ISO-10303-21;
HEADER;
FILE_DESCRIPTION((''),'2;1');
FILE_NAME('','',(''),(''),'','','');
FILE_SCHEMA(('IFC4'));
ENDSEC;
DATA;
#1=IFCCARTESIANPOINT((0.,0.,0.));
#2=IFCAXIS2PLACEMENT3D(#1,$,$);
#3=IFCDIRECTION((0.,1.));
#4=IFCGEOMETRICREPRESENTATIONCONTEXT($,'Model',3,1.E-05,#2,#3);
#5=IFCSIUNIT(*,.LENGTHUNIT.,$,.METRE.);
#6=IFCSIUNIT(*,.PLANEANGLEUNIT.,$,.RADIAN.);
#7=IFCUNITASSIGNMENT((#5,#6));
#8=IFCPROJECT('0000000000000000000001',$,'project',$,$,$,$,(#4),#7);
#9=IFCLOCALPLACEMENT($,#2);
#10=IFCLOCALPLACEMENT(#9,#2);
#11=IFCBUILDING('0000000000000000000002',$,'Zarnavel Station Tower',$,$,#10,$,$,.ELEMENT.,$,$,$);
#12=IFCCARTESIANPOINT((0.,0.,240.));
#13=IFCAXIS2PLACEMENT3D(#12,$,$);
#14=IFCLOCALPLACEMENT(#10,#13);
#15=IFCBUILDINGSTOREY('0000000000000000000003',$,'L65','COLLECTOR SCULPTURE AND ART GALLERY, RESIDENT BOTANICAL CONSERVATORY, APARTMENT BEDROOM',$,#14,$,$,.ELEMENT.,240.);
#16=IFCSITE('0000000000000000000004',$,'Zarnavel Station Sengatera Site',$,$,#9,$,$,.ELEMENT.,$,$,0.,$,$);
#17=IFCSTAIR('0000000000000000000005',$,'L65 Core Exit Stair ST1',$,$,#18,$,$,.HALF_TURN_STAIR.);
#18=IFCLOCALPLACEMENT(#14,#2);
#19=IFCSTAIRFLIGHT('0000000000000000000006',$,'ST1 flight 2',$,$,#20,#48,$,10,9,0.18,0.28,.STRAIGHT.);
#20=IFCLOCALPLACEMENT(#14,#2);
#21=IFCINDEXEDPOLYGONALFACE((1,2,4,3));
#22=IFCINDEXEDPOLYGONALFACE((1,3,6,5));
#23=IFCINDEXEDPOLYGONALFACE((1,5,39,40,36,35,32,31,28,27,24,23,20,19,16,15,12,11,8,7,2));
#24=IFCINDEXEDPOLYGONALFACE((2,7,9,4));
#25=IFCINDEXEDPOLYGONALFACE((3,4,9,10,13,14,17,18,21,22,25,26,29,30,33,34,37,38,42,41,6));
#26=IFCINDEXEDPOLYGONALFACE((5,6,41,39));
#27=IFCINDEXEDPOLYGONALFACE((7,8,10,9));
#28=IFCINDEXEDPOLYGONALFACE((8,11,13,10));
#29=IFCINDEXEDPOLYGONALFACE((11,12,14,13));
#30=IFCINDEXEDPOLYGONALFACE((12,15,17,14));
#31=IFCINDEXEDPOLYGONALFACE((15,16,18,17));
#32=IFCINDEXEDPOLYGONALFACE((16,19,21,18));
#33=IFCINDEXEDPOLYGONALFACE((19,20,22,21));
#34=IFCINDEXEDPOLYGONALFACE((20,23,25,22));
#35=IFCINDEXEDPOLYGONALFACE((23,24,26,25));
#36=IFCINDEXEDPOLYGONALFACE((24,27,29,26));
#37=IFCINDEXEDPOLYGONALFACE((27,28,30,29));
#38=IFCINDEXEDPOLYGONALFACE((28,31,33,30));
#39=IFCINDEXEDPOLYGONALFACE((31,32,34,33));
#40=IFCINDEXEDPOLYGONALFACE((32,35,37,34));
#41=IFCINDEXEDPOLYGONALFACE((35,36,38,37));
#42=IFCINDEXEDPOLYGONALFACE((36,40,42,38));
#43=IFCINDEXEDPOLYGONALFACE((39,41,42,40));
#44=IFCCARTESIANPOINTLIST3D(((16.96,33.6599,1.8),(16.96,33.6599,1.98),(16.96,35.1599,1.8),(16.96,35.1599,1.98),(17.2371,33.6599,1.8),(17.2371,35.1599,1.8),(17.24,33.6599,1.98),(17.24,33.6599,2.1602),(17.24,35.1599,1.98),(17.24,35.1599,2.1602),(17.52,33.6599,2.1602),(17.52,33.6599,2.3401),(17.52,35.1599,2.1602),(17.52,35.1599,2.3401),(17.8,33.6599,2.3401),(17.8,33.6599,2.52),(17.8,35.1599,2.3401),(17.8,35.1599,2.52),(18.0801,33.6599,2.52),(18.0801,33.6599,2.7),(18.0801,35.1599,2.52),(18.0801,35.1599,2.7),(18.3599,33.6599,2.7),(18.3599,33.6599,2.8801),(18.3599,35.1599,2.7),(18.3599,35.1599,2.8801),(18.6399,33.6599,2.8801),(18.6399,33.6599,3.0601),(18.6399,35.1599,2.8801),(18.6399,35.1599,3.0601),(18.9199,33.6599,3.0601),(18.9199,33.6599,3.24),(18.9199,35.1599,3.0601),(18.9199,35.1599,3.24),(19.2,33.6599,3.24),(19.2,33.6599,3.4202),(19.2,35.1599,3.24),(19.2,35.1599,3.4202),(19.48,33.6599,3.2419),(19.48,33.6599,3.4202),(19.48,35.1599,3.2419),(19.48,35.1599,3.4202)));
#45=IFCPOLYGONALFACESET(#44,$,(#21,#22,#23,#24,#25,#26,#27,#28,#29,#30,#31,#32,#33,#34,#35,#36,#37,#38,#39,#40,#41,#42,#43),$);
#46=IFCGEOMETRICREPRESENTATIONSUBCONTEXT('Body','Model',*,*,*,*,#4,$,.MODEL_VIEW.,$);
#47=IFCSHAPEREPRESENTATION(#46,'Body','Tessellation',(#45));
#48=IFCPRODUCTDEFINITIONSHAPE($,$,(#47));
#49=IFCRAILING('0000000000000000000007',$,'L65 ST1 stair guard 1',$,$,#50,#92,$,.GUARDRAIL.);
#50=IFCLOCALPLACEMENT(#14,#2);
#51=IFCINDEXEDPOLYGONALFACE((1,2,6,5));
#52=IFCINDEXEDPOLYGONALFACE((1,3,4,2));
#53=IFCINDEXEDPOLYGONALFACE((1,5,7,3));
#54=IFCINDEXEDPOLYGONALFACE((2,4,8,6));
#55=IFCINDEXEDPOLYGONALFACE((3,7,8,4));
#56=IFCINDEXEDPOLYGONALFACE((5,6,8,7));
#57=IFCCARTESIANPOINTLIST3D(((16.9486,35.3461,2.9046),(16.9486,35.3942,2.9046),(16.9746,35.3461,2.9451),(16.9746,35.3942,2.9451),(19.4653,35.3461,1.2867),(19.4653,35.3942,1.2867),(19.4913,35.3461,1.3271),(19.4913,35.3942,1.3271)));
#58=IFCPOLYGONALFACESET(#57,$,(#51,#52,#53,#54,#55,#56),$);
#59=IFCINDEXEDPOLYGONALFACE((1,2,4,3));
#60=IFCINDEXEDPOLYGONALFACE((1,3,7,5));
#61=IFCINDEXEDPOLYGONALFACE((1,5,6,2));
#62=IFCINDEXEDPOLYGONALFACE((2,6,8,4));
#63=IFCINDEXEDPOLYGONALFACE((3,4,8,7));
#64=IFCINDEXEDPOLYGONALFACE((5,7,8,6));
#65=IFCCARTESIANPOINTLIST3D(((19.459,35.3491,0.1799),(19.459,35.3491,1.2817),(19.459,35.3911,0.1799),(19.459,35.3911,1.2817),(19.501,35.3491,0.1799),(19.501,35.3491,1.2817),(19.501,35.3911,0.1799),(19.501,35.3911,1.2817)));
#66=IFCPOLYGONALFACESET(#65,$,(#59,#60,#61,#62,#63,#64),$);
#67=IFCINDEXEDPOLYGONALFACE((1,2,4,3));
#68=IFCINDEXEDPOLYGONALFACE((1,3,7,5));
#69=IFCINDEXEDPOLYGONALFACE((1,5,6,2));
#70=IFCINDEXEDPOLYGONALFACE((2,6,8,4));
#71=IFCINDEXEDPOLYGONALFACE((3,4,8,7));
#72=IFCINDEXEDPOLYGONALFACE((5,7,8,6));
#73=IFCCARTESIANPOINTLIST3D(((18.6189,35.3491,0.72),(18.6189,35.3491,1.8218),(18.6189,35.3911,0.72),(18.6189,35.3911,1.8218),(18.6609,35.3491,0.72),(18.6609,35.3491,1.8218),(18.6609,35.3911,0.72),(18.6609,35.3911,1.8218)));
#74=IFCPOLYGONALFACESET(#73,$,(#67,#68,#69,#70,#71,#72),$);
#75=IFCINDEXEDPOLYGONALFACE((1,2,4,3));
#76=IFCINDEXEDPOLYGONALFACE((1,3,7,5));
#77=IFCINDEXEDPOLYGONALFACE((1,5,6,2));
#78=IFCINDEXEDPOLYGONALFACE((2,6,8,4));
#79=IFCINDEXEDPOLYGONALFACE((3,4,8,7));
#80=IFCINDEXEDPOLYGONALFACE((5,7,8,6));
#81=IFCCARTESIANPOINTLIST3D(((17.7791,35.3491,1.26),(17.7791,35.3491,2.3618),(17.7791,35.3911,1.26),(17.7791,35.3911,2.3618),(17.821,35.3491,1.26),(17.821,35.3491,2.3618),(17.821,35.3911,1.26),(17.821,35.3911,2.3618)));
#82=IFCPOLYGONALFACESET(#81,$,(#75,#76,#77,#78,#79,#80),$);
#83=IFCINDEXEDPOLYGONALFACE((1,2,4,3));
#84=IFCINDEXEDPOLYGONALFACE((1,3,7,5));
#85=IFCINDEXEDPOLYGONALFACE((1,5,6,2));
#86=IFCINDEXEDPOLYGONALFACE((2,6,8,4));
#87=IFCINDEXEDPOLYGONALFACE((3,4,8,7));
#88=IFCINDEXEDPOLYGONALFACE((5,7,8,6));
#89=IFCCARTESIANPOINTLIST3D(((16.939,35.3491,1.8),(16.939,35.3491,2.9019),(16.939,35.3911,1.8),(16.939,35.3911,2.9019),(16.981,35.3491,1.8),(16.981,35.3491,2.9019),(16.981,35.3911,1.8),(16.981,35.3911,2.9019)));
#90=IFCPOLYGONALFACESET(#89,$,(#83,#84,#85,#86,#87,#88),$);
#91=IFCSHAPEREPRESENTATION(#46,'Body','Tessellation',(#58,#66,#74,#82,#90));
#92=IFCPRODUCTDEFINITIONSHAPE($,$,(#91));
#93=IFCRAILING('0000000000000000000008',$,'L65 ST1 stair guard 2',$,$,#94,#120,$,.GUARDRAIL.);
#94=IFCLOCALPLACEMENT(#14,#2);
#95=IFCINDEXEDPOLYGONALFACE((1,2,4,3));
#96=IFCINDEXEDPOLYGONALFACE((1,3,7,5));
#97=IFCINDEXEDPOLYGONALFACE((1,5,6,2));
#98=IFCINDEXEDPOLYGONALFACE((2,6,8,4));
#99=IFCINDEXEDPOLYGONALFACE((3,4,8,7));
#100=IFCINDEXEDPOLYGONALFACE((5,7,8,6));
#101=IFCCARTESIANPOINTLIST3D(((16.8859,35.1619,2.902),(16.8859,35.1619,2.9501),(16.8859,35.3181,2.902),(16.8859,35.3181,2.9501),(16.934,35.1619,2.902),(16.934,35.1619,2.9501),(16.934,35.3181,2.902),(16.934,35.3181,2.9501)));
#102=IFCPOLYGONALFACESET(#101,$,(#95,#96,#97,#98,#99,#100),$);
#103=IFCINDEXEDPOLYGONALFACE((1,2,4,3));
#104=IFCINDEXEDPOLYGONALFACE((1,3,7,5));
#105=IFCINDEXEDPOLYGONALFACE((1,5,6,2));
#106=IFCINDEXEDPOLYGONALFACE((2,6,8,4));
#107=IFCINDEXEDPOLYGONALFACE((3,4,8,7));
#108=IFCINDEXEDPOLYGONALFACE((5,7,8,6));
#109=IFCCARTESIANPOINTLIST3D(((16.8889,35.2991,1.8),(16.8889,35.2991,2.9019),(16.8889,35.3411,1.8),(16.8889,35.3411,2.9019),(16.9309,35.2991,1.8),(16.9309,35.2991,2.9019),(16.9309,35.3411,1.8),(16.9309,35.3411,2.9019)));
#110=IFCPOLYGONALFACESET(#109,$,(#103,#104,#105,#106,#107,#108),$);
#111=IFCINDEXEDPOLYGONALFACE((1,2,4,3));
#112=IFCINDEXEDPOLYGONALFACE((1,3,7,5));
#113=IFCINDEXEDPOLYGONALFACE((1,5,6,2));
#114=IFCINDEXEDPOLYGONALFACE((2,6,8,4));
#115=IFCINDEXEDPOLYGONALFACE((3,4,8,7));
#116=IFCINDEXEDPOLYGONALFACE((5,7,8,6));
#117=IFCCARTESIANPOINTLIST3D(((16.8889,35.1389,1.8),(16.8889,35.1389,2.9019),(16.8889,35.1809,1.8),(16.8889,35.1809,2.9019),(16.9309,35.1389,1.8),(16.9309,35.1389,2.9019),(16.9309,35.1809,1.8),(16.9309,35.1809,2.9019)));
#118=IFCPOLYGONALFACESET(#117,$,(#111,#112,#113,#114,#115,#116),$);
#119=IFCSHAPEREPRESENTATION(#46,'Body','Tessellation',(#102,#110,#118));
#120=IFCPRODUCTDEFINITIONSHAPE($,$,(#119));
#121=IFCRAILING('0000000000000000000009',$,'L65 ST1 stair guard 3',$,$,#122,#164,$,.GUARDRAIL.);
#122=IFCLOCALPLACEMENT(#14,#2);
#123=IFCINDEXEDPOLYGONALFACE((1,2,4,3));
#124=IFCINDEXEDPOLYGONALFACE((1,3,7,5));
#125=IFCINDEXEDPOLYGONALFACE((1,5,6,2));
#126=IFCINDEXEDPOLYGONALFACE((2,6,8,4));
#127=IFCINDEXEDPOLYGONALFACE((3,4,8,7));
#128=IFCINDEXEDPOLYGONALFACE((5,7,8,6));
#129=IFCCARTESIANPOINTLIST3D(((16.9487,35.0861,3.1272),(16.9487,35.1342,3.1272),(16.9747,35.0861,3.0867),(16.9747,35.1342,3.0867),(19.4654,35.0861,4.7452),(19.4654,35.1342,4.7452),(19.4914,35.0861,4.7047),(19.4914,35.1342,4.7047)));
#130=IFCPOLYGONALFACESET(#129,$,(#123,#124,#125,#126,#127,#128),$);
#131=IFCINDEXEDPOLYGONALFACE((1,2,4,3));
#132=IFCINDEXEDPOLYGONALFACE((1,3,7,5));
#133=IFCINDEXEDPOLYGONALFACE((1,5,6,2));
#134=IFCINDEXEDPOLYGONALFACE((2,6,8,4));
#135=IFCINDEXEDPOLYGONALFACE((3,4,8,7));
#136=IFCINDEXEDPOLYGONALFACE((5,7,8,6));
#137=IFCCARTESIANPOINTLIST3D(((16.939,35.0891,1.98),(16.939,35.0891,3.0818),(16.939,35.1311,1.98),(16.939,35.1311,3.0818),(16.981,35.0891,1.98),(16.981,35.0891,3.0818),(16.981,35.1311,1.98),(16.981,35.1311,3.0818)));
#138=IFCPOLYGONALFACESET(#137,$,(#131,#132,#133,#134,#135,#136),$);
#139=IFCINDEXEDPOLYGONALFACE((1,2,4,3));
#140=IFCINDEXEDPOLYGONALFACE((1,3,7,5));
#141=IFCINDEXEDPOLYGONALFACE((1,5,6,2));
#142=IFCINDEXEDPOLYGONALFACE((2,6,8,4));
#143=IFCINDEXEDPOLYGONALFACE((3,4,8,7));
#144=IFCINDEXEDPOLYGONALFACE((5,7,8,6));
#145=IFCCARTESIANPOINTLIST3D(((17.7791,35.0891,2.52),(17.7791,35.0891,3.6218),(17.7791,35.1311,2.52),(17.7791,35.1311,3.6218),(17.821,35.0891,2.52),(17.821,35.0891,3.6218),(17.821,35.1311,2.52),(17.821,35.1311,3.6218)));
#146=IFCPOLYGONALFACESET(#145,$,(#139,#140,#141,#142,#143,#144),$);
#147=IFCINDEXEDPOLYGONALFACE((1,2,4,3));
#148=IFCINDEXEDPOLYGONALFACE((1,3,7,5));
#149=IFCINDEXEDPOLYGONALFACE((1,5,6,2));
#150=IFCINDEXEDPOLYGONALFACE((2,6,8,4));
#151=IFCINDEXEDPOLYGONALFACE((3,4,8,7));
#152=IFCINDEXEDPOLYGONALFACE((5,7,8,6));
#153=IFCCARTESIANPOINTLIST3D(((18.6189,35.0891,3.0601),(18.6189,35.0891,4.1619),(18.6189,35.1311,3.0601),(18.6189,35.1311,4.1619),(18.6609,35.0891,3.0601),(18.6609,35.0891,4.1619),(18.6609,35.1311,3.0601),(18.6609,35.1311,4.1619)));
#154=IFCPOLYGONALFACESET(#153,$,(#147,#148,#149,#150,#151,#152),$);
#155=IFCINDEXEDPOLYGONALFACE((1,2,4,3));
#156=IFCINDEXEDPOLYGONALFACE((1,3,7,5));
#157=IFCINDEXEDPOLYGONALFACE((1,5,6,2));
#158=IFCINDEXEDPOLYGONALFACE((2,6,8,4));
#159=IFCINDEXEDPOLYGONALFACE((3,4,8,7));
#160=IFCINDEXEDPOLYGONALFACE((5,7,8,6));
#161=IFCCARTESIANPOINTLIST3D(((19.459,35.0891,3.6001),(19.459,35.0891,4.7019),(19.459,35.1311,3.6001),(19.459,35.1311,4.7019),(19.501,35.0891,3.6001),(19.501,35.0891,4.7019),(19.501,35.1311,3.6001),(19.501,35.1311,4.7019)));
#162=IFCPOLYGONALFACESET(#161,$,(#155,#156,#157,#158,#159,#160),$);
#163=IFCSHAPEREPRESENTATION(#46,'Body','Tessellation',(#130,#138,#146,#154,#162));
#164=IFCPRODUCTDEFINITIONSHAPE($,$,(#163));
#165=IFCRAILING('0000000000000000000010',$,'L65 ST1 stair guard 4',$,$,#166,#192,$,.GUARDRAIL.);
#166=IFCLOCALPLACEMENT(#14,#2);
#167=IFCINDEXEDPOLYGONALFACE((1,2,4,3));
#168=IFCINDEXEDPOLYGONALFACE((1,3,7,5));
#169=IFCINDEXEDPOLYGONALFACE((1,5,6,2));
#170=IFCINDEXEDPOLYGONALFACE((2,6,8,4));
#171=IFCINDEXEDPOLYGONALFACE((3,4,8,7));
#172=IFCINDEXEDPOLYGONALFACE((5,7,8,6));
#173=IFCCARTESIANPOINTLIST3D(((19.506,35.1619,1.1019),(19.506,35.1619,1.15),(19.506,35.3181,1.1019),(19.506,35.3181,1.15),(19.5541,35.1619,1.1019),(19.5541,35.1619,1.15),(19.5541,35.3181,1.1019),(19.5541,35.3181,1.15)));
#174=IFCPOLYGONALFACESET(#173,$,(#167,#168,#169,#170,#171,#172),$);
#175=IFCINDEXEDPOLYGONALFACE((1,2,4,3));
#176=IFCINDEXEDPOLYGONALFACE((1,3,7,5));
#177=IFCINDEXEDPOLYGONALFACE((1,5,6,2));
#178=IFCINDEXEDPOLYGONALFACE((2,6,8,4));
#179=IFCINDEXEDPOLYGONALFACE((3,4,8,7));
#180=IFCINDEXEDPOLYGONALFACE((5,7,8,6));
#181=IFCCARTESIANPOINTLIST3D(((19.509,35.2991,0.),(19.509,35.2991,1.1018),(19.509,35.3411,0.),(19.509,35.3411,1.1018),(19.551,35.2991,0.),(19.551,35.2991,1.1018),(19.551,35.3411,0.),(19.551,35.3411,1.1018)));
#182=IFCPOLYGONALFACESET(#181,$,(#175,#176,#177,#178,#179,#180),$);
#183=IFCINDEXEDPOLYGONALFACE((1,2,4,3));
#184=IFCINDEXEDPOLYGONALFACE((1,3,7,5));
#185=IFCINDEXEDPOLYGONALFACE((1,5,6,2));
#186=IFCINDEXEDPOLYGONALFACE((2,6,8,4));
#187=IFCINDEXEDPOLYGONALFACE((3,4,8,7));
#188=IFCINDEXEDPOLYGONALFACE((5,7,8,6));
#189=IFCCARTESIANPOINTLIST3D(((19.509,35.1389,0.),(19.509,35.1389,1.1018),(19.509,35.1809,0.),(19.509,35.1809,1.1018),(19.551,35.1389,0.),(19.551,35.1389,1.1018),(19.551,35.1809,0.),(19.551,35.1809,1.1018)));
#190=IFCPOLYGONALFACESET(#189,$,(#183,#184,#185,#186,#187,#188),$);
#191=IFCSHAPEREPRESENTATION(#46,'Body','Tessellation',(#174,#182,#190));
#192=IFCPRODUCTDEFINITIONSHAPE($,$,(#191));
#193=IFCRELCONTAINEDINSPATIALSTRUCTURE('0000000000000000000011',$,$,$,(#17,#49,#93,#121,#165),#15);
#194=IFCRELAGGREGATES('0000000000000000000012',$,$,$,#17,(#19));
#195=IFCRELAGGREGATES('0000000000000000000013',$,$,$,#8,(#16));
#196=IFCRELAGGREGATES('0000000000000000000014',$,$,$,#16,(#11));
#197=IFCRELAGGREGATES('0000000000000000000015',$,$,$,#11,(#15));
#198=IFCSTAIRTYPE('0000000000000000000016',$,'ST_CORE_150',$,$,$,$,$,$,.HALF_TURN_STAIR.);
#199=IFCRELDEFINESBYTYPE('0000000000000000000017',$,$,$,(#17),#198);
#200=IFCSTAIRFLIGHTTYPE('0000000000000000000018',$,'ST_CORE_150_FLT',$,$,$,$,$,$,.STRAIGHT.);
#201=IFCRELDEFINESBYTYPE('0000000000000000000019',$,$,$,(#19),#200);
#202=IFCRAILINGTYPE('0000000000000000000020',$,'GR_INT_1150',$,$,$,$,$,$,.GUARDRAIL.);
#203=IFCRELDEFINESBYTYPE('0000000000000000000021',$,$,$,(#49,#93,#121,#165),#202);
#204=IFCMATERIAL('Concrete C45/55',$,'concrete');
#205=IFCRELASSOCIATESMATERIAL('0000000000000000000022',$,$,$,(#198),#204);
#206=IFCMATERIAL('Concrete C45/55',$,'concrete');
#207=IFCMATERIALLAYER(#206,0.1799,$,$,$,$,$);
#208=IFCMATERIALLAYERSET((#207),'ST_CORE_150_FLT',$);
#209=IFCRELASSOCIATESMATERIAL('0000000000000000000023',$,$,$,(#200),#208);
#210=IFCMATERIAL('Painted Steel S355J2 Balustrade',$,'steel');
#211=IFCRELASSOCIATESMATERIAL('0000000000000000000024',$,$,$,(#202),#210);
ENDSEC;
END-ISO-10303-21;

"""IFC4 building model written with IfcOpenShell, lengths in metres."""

from ifc_helpers import new_model, si_unit, direction, frame, origin, origin_2d, place, context, subcontext, project, spatial, polyline, rectangle, outline, extrude, material, layer, layer_set, type_object, element, aggregate, save


model = new_model("IFC4")

# Units and contexts
model_context = context("Model", 3, precision=1e-05, world=origin(), true_north=direction((0.0, 1.0)))
body_context = subcontext(model_context, "Body", "Model", "MODEL_VIEW")
ifc_project = project(units=[si_unit("LENGTHUNIT", "METRE"), si_unit("PLANEANGLEUNIT", "RADIAN")], contexts=[model_context])

# Site, building, storey
site_placement = place(None, origin())
site = spatial("IfcSite", under=ifc_project, at=site_placement, Name="Zarnavel Station Sengatera Site", CompositionType="ELEMENT", RefElevation=0.0)
building_placement = place(site_placement, origin())
building = spatial("IfcBuilding", under=site, at=building_placement, Name="Zarnavel Station Tower", CompositionType="ELEMENT")
storey_placement = place(building_placement, frame((0.0, 0.0, 240.0)))
storey = spatial("IfcBuildingStorey", under=building, at=storey_placement, Name="L65", Description="COLLECTOR SCULPTURE AND ART GALLERY, RESIDENT BOTANICAL CONSERVATORY, APARTMENT BEDROOM", CompositionType="ELEMENT", Elevation=240.0)

# Stair, stair flight
ifc_material_1 = material(Name="Concrete C45/55", Category="concrete")
stair_type = type_object("IfcStairType", Name="ST_CORE_150", PredefinedType="HALF_TURN_STAIR", material=ifc_material_1)
stair_placement = place(storey_placement, origin())
stair = element("IfcStair", 1, at=stair_placement, inside=storey, type_object=stair_type, Name="L65 Core Exit Stair ST1", PredefinedType="HALF_TURN_STAIR")
ifc_material_2 = material(Name="Concrete C45/55", Category="concrete")
ifc_layer_1 = layer(ifc_material_2, 0.1799)
ifc_layer_set_1 = layer_set([ifc_layer_1], Name="ST_CORE_150_FLT")
stair_flight_type = type_object("IfcStairFlightType", Name="ST_CORE_150_FLT", PredefinedType="STRAIGHT", material=ifc_layer_set_1)
stair_flight_1_placement = place(storey_placement, frame((16.96, 34.4099, 1.8), z_axis=(0.0, 0.0, 1.0), x_axis=(1.0, 0.0, 0.0)))
stair_flight_1 = element("IfcStairFlight", 2, at=stair_flight_1_placement, type_object=stair_flight_type, Name="ST1 flight 2", NumberOfRisers=10, NumberOfTreads=9, PredefinedType="STRAIGHT", RiserHeight=0.18, TreadLength=0.28, context=body_context, shape_type="SweptSolid", body=[
    extrude(outline(polyline([(0.0, 0.0), (0.0, 0.1799), (0.28, 0.1799), (0.28, 0.3601), (0.5601, 0.3601), (0.5601, 0.54), (0.8401, 0.54), (0.8401, 0.72), (1.1201, 0.72), (1.1201, 0.8999), (1.3999, 0.8999), (1.3999, 1.0801), (1.6799, 1.0801), (1.6799, 1.26), (1.96, 1.26), (1.96, 1.4399), (2.24, 1.4399), (2.24, 1.6201), (2.52, 1.6201), (2.52, 1.8), (2.52, 1.4419), (0.2771, 0.0), (0.0, 0.0)])), frame((0.0, 0.75, 0.0), z_axis=(0.0, -1.0, 0.0), x_axis=(1.0, 0.0, 0.0)), (0.0, 0.0, 1.0), 1.5),
])
aggregate(stair, [stair_flight_1])

# Railings
ifc_material_3 = material(Name="Painted Steel S355J2 Balustrade", Category="steel")
railing_type_1 = type_object("IfcRailingType", Name="GR_INT_1150", PredefinedType="GUARDRAIL", material=ifc_material_3)
railing_1_placement = place(storey_placement, frame((19.48, 35.3701, 0.1799)))
element("IfcRailing", 3, at=railing_1_placement, inside=storey, type_object=railing_type_1, Name="L65 ST1 stair guard 1", PredefinedType="GUARDRAIL", context=body_context, shape_type="SweptSolid", body=[
    extrude(rectangle(XDim=0.0481, YDim=0.0481, at=origin_2d()), frame((-0.0017, 0.0, 1.127), z_axis=(-0.841163, 0.0, 0.540782), x_axis=(0.0, -1.0, 0.0)), (0.0, 0.0, 1.0), 2.9919),
    extrude(rectangle(XDim=0.042, YDim=0.042, at=origin_2d()), origin(), (0.0, 0.0, 1.0), 1.1018),
    extrude(rectangle(XDim=0.042, YDim=0.042, at=origin_2d()), frame((-0.8401, 0.0, 0.54)), (0.0, 0.0, 1.0), 1.1018),
    extrude(rectangle(XDim=0.042, YDim=0.042, at=origin_2d()), frame((-1.6799, 0.0, 1.0801)), (0.0, 0.0, 1.0), 1.1018),
    extrude(rectangle(XDim=0.042, YDim=0.042, at=origin_2d()), frame((-2.52, 0.0, 1.6201)), (0.0, 0.0, 1.0), 1.1018),
])
railing_2_placement = place(storey_placement, frame((16.9099, 35.3201, 1.8)))
element("IfcRailing", 4, at=railing_2_placement, inside=storey, type_object=railing_type_1, Name="L65 ST1 stair guard 2", PredefinedType="GUARDRAIL", context=body_context, shape_type="SweptSolid", body=[
    extrude(rectangle(XDim=0.0481, YDim=0.0481, at=origin_2d()), frame((0.0, -0.002, 1.126), z_axis=(0.0, -1.0, 0.0), x_axis=(1.0, 0.0, 0.0)), (0.0, 0.0, 1.0), 0.1562),
    extrude(rectangle(XDim=0.042, YDim=0.042, at=origin_2d()), origin(), (0.0, 0.0, 1.0), 1.1018),
    extrude(rectangle(XDim=0.042, YDim=0.042, at=origin_2d()), frame((0.0, -0.1602, 0.0)), (0.0, 0.0, 1.0), 1.1018),
])
railing_3_placement = place(storey_placement, frame((16.96, 35.1101, 1.98)))
element("IfcRailing", 5, at=railing_3_placement, inside=storey, type_object=railing_type_1, Name="L65 ST1 stair guard 3", PredefinedType="GUARDRAIL", context=body_context, shape_type="SweptSolid", body=[
    extrude(rectangle(XDim=0.0481, YDim=0.0481, at=origin_2d()), frame((0.0017, 0.0, 1.127), z_axis=(0.841163, 0.0, 0.540782), x_axis=(0.0, 1.0, 0.0)), (0.0, 0.0, 1.0), 2.9919),
    extrude(rectangle(XDim=0.042, YDim=0.042, at=origin_2d()), origin(), (0.0, 0.0, 1.0), 1.1018),
    extrude(rectangle(XDim=0.042, YDim=0.042, at=origin_2d()), frame((0.8401, 0.0, 0.54)), (0.0, 0.0, 1.0), 1.1018),
    extrude(rectangle(XDim=0.042, YDim=0.042, at=origin_2d()), frame((1.6799, 0.0, 1.0801)), (0.0, 0.0, 1.0), 1.1018),
    extrude(rectangle(XDim=0.042, YDim=0.042, at=origin_2d()), frame((2.52, 0.0, 1.6201)), (0.0, 0.0, 1.0), 1.1018),
])
railing_4_placement = place(storey_placement, frame((19.53, 35.3201, 0.0)))
element("IfcRailing", 6, at=railing_4_placement, inside=storey, type_object=railing_type_1, Name="L65 ST1 stair guard 4", PredefinedType="GUARDRAIL", context=body_context, shape_type="SweptSolid", body=[
    extrude(rectangle(XDim=0.0481, YDim=0.0481, at=origin_2d()), frame((0.0, -0.002, 1.126), z_axis=(0.0, -1.0, 0.0), x_axis=(1.0, 0.0, 0.0)), (0.0, 0.0, 1.0), 0.1562),
    extrude(rectangle(XDim=0.042, YDim=0.042, at=origin_2d()), origin(), (0.0, 0.0, 1.0), 1.1018),
    extrude(rectangle(XDim=0.042, YDim=0.042, at=origin_2d()), frame((0.0, -0.1602, 0.0)), (0.0, 0.0, 1.0), 1.1018),
])

save(model, "model.ifc")
